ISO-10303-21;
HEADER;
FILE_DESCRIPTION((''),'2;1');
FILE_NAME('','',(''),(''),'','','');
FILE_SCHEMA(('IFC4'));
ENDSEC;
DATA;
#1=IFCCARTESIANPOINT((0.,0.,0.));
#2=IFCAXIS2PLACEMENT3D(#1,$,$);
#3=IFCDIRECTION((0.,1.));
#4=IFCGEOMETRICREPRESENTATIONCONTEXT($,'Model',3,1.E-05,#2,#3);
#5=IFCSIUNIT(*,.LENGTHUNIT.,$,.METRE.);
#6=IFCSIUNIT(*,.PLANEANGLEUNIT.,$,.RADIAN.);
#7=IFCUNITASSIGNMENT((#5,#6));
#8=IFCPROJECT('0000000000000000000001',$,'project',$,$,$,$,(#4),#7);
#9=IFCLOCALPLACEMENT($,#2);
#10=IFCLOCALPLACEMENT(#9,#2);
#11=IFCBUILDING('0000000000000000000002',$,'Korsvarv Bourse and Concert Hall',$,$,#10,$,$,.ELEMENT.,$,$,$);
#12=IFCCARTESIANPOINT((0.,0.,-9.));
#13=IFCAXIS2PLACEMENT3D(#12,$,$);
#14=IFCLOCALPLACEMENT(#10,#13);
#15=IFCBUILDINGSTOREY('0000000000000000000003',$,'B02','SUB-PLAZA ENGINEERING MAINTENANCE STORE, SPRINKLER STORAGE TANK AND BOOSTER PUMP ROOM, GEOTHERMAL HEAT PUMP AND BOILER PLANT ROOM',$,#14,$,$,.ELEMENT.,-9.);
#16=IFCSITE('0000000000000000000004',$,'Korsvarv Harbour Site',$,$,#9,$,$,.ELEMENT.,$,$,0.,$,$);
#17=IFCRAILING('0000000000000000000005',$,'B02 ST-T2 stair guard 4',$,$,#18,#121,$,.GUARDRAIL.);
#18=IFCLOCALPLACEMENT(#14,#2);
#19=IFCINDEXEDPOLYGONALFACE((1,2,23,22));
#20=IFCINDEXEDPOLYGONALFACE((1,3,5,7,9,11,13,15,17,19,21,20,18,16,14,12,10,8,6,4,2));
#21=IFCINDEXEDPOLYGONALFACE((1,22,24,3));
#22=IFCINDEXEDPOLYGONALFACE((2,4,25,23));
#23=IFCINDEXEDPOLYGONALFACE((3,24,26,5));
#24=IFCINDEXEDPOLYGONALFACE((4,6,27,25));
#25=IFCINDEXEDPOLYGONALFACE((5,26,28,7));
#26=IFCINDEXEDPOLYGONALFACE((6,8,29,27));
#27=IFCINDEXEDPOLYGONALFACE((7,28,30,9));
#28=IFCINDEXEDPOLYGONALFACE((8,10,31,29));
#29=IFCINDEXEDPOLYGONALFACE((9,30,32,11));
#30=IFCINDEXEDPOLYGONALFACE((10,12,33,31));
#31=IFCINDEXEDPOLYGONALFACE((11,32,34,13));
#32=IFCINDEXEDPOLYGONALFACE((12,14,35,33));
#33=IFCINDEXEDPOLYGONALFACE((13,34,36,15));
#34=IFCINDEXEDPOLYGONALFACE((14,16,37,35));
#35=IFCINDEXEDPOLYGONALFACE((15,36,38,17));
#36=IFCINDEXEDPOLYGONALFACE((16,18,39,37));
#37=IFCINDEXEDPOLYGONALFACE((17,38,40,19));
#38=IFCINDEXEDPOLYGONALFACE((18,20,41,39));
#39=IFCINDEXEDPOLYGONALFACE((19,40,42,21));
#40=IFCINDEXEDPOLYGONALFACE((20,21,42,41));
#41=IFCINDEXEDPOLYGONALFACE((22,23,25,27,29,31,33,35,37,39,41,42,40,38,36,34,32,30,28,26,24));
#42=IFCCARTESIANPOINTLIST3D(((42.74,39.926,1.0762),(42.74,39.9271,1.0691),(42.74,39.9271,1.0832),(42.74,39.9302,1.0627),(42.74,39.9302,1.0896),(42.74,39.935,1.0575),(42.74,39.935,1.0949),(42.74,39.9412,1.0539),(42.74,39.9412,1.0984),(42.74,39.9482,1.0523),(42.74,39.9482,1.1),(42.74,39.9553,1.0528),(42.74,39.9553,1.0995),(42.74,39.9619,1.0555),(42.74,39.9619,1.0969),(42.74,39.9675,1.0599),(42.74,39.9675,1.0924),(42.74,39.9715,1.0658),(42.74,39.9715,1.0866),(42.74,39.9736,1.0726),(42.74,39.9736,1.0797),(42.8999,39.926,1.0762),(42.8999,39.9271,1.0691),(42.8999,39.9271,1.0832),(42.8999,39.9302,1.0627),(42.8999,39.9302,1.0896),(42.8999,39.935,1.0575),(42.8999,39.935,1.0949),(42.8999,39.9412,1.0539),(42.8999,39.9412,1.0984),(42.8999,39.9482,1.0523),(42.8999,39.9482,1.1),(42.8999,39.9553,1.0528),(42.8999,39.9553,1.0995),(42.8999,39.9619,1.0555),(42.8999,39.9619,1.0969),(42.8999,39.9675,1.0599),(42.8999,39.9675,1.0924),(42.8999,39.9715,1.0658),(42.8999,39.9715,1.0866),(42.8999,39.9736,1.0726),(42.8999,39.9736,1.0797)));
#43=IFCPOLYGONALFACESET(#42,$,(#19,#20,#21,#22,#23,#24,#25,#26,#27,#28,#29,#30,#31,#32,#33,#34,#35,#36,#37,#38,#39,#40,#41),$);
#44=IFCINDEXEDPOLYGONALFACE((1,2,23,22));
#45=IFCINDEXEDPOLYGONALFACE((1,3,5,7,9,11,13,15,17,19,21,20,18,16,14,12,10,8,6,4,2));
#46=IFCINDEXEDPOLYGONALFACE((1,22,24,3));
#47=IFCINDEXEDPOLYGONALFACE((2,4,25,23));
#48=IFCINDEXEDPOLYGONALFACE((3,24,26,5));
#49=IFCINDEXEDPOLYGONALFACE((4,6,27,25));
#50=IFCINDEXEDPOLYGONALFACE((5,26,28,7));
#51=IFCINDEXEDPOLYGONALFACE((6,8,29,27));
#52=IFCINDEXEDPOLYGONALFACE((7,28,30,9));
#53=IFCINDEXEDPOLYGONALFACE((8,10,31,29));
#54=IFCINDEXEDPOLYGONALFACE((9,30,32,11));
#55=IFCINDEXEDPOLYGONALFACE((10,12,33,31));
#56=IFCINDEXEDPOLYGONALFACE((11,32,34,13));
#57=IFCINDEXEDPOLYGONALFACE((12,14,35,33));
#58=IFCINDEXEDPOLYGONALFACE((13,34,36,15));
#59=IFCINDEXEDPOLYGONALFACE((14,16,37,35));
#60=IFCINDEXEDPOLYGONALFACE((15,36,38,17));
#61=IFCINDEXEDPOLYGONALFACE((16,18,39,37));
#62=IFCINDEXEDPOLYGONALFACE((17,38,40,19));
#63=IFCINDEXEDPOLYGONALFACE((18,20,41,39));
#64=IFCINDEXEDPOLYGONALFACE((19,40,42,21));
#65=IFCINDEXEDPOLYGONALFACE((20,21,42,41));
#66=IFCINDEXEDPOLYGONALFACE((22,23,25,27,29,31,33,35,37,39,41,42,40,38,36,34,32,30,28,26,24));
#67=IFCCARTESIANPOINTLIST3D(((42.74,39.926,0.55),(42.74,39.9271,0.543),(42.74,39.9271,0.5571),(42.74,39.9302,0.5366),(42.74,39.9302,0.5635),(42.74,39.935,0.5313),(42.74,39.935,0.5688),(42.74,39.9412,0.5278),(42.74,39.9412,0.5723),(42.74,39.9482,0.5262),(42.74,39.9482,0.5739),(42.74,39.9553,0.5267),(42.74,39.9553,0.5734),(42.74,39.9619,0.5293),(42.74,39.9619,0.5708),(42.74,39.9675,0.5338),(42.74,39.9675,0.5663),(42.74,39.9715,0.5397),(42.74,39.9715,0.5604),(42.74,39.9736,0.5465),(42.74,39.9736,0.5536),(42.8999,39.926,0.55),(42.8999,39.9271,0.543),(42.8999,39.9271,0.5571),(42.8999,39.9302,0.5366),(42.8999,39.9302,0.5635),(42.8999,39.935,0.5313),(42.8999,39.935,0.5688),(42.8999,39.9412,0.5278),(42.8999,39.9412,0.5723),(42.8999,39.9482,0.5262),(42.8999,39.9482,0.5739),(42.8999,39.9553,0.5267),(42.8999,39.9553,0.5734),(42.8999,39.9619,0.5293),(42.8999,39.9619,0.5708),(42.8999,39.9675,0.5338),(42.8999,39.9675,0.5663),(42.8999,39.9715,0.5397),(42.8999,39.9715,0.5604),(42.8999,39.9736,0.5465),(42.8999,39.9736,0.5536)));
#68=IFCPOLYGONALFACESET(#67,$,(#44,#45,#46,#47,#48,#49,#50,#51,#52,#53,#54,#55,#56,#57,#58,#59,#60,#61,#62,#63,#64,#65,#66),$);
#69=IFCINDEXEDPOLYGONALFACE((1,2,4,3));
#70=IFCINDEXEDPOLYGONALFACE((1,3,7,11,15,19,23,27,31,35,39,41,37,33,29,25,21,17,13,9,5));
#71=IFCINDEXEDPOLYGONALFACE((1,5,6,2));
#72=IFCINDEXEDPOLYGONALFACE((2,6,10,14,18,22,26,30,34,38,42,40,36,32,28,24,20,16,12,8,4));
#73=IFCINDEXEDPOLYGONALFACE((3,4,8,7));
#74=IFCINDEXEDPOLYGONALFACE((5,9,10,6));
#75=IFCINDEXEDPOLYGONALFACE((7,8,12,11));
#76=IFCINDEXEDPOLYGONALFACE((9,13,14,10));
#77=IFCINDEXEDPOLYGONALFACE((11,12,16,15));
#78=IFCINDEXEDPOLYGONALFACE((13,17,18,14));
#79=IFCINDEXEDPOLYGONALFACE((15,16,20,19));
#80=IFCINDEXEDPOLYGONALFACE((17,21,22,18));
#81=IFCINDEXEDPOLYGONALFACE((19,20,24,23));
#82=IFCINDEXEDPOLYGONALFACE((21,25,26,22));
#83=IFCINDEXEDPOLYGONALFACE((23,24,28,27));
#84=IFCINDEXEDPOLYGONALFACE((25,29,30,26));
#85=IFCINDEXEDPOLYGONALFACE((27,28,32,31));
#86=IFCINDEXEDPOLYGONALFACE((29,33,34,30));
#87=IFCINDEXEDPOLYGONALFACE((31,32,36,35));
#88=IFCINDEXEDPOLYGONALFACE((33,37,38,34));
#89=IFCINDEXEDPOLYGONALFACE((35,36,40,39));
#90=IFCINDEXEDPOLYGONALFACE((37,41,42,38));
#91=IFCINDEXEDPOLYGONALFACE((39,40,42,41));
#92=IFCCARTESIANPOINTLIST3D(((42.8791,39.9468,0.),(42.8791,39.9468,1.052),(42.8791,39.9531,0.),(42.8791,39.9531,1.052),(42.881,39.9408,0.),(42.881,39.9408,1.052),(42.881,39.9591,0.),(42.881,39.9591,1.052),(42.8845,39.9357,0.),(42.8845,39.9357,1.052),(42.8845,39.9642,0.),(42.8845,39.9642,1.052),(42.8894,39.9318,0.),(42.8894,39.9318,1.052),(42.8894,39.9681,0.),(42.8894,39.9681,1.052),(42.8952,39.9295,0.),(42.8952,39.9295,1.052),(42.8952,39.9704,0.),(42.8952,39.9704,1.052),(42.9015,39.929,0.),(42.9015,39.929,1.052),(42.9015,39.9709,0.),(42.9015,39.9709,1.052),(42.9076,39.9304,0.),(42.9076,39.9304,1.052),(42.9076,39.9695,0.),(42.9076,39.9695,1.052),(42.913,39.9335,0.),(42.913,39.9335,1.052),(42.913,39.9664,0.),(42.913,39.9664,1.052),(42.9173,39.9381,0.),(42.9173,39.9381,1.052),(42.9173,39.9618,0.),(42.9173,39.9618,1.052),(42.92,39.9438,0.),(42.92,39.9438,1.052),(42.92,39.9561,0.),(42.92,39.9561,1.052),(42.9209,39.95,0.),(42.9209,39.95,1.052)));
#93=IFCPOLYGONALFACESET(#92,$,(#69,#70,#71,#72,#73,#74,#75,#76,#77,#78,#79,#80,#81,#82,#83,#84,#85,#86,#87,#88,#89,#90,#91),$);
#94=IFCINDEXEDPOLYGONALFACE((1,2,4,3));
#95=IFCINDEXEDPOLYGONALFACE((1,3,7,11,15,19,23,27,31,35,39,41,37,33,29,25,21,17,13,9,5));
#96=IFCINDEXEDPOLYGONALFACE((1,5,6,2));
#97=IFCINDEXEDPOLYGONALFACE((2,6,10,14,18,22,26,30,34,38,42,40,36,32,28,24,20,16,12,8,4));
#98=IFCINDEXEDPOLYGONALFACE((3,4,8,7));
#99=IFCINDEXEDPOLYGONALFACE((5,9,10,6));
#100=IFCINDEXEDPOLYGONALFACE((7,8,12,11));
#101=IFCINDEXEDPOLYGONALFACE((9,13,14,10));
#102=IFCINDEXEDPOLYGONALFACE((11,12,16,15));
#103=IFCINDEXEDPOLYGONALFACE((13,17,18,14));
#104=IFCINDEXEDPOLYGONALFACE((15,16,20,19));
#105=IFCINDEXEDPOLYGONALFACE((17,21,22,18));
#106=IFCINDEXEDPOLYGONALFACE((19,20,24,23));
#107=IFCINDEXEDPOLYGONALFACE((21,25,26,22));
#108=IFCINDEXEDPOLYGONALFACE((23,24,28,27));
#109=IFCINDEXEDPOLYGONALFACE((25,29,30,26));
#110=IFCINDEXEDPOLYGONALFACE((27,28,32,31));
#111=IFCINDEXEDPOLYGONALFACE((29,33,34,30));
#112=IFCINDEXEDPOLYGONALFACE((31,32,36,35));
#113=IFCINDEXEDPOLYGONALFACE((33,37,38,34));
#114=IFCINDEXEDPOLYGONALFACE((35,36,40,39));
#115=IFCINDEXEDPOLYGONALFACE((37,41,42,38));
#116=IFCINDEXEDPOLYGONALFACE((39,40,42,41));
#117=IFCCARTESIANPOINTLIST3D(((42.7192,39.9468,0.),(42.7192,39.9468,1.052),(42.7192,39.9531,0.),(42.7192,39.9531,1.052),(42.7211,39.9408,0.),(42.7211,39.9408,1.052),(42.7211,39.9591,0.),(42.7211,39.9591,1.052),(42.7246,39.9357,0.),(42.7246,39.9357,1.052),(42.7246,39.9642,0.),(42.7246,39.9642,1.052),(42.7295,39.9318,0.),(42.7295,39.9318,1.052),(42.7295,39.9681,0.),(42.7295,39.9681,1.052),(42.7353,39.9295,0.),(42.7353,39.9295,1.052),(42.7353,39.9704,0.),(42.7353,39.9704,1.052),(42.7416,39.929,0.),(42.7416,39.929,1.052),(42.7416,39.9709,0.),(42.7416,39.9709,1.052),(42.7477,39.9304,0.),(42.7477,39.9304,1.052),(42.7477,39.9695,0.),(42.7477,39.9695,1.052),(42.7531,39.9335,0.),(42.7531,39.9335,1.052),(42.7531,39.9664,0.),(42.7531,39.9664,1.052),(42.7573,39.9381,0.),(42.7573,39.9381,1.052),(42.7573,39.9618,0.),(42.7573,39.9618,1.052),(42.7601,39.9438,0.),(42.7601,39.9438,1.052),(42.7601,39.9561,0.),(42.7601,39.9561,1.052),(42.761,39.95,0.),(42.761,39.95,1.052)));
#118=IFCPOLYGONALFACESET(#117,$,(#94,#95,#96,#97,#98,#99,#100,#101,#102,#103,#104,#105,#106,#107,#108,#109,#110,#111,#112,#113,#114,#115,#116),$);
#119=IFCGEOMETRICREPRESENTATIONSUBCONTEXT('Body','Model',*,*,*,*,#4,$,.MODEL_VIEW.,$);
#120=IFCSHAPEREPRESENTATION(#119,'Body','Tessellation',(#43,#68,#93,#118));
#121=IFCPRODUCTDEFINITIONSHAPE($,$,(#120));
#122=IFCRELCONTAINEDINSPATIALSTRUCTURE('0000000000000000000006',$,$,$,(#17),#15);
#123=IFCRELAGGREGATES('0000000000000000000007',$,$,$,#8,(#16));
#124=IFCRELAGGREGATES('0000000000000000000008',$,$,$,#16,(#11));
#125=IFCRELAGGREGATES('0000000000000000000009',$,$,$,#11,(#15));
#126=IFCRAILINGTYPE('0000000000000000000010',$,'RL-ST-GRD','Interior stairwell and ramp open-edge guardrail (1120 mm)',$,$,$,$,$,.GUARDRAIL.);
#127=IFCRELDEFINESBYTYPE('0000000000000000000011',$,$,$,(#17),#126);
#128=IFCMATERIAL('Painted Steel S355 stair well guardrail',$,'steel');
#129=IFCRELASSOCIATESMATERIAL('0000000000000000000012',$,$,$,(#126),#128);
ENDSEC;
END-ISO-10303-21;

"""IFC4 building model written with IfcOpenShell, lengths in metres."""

from ifc_helpers import new_model, si_unit, direction, frame, origin, origin_2d, place, context, subcontext, project, spatial, circle, extrude, material, type_object, element, save


model = new_model("IFC4")

# Units and contexts
model_context = context("Model", 3, precision=1e-05, world=origin(), true_north=direction((0.0, 1.0)))
body_context = subcontext(model_context, "Body", "Model", "MODEL_VIEW")
ifc_project = project(units=[si_unit("LENGTHUNIT", "METRE"), si_unit("PLANEANGLEUNIT", "RADIAN")], contexts=[model_context])

# Site, building, storey
site_placement = place(None, origin())
site = spatial("IfcSite", under=ifc_project, at=site_placement, Name="Korsvarv Harbour Site", CompositionType="ELEMENT", RefElevation=0.0)
building_placement = place(site_placement, origin())
building = spatial("IfcBuilding", under=site, at=building_placement, Name="Korsvarv Bourse and Concert Hall", CompositionType="ELEMENT")
storey_placement = place(building_placement, frame((0.0, 0.0, -9.0)))
storey = spatial("IfcBuildingStorey", under=building, at=storey_placement, Name="B02", Description="SUB-PLAZA ENGINEERING MAINTENANCE STORE, SPRINKLER STORAGE TANK AND BOOSTER PUMP ROOM, GEOTHERMAL HEAT PUMP AND BOILER PLANT ROOM", CompositionType="ELEMENT", Elevation=-9.0)

# Railing
ifc_material_1 = material(Name="Painted Steel S355 stair well guardrail", Category="steel")
railing_type_1 = type_object("IfcRailingType", Name="RL-ST-GRD", Description="Interior stairwell and ramp open-edge guardrail (1120 mm)", PredefinedType="GUARDRAIL", material=ifc_material_1)
railing_1_placement = place(storey_placement, frame((42.8999, 39.95, 0.0)))
element("IfcRailing", 1, at=railing_1_placement, inside=storey, type_object=railing_type_1, Name="B02 ST-T2 stair guard 4", PredefinedType="GUARDRAIL", context=body_context, shape_type="SweptSolid", body=[
    extrude(circle(Radius=0.0239, at=origin_2d()), frame((0.0, 0.0, 1.0762), z_axis=(-1.0, 0.0, 0.0), x_axis=(0.0, -1.0, 0.0)), (0.0, 0.0, 1.0), 0.1599),
    extrude(circle(Radius=0.0239, at=origin_2d()), frame((0.0, 0.0, 0.55), z_axis=(-1.0, 0.0, 0.0), x_axis=(0.0, -1.0, 0.0)), (0.0, 0.0, 1.0), 0.1599),
    extrude(circle(Radius=0.021, at=origin_2d()), origin(), (0.0, 0.0, 1.0), 1.052),
    extrude(circle(Radius=0.021, at=origin_2d()), frame((-0.1599, 0.0, 0.0)), (0.0, 0.0, 1.0), 1.052),
])

save(model, "model.ifc")
